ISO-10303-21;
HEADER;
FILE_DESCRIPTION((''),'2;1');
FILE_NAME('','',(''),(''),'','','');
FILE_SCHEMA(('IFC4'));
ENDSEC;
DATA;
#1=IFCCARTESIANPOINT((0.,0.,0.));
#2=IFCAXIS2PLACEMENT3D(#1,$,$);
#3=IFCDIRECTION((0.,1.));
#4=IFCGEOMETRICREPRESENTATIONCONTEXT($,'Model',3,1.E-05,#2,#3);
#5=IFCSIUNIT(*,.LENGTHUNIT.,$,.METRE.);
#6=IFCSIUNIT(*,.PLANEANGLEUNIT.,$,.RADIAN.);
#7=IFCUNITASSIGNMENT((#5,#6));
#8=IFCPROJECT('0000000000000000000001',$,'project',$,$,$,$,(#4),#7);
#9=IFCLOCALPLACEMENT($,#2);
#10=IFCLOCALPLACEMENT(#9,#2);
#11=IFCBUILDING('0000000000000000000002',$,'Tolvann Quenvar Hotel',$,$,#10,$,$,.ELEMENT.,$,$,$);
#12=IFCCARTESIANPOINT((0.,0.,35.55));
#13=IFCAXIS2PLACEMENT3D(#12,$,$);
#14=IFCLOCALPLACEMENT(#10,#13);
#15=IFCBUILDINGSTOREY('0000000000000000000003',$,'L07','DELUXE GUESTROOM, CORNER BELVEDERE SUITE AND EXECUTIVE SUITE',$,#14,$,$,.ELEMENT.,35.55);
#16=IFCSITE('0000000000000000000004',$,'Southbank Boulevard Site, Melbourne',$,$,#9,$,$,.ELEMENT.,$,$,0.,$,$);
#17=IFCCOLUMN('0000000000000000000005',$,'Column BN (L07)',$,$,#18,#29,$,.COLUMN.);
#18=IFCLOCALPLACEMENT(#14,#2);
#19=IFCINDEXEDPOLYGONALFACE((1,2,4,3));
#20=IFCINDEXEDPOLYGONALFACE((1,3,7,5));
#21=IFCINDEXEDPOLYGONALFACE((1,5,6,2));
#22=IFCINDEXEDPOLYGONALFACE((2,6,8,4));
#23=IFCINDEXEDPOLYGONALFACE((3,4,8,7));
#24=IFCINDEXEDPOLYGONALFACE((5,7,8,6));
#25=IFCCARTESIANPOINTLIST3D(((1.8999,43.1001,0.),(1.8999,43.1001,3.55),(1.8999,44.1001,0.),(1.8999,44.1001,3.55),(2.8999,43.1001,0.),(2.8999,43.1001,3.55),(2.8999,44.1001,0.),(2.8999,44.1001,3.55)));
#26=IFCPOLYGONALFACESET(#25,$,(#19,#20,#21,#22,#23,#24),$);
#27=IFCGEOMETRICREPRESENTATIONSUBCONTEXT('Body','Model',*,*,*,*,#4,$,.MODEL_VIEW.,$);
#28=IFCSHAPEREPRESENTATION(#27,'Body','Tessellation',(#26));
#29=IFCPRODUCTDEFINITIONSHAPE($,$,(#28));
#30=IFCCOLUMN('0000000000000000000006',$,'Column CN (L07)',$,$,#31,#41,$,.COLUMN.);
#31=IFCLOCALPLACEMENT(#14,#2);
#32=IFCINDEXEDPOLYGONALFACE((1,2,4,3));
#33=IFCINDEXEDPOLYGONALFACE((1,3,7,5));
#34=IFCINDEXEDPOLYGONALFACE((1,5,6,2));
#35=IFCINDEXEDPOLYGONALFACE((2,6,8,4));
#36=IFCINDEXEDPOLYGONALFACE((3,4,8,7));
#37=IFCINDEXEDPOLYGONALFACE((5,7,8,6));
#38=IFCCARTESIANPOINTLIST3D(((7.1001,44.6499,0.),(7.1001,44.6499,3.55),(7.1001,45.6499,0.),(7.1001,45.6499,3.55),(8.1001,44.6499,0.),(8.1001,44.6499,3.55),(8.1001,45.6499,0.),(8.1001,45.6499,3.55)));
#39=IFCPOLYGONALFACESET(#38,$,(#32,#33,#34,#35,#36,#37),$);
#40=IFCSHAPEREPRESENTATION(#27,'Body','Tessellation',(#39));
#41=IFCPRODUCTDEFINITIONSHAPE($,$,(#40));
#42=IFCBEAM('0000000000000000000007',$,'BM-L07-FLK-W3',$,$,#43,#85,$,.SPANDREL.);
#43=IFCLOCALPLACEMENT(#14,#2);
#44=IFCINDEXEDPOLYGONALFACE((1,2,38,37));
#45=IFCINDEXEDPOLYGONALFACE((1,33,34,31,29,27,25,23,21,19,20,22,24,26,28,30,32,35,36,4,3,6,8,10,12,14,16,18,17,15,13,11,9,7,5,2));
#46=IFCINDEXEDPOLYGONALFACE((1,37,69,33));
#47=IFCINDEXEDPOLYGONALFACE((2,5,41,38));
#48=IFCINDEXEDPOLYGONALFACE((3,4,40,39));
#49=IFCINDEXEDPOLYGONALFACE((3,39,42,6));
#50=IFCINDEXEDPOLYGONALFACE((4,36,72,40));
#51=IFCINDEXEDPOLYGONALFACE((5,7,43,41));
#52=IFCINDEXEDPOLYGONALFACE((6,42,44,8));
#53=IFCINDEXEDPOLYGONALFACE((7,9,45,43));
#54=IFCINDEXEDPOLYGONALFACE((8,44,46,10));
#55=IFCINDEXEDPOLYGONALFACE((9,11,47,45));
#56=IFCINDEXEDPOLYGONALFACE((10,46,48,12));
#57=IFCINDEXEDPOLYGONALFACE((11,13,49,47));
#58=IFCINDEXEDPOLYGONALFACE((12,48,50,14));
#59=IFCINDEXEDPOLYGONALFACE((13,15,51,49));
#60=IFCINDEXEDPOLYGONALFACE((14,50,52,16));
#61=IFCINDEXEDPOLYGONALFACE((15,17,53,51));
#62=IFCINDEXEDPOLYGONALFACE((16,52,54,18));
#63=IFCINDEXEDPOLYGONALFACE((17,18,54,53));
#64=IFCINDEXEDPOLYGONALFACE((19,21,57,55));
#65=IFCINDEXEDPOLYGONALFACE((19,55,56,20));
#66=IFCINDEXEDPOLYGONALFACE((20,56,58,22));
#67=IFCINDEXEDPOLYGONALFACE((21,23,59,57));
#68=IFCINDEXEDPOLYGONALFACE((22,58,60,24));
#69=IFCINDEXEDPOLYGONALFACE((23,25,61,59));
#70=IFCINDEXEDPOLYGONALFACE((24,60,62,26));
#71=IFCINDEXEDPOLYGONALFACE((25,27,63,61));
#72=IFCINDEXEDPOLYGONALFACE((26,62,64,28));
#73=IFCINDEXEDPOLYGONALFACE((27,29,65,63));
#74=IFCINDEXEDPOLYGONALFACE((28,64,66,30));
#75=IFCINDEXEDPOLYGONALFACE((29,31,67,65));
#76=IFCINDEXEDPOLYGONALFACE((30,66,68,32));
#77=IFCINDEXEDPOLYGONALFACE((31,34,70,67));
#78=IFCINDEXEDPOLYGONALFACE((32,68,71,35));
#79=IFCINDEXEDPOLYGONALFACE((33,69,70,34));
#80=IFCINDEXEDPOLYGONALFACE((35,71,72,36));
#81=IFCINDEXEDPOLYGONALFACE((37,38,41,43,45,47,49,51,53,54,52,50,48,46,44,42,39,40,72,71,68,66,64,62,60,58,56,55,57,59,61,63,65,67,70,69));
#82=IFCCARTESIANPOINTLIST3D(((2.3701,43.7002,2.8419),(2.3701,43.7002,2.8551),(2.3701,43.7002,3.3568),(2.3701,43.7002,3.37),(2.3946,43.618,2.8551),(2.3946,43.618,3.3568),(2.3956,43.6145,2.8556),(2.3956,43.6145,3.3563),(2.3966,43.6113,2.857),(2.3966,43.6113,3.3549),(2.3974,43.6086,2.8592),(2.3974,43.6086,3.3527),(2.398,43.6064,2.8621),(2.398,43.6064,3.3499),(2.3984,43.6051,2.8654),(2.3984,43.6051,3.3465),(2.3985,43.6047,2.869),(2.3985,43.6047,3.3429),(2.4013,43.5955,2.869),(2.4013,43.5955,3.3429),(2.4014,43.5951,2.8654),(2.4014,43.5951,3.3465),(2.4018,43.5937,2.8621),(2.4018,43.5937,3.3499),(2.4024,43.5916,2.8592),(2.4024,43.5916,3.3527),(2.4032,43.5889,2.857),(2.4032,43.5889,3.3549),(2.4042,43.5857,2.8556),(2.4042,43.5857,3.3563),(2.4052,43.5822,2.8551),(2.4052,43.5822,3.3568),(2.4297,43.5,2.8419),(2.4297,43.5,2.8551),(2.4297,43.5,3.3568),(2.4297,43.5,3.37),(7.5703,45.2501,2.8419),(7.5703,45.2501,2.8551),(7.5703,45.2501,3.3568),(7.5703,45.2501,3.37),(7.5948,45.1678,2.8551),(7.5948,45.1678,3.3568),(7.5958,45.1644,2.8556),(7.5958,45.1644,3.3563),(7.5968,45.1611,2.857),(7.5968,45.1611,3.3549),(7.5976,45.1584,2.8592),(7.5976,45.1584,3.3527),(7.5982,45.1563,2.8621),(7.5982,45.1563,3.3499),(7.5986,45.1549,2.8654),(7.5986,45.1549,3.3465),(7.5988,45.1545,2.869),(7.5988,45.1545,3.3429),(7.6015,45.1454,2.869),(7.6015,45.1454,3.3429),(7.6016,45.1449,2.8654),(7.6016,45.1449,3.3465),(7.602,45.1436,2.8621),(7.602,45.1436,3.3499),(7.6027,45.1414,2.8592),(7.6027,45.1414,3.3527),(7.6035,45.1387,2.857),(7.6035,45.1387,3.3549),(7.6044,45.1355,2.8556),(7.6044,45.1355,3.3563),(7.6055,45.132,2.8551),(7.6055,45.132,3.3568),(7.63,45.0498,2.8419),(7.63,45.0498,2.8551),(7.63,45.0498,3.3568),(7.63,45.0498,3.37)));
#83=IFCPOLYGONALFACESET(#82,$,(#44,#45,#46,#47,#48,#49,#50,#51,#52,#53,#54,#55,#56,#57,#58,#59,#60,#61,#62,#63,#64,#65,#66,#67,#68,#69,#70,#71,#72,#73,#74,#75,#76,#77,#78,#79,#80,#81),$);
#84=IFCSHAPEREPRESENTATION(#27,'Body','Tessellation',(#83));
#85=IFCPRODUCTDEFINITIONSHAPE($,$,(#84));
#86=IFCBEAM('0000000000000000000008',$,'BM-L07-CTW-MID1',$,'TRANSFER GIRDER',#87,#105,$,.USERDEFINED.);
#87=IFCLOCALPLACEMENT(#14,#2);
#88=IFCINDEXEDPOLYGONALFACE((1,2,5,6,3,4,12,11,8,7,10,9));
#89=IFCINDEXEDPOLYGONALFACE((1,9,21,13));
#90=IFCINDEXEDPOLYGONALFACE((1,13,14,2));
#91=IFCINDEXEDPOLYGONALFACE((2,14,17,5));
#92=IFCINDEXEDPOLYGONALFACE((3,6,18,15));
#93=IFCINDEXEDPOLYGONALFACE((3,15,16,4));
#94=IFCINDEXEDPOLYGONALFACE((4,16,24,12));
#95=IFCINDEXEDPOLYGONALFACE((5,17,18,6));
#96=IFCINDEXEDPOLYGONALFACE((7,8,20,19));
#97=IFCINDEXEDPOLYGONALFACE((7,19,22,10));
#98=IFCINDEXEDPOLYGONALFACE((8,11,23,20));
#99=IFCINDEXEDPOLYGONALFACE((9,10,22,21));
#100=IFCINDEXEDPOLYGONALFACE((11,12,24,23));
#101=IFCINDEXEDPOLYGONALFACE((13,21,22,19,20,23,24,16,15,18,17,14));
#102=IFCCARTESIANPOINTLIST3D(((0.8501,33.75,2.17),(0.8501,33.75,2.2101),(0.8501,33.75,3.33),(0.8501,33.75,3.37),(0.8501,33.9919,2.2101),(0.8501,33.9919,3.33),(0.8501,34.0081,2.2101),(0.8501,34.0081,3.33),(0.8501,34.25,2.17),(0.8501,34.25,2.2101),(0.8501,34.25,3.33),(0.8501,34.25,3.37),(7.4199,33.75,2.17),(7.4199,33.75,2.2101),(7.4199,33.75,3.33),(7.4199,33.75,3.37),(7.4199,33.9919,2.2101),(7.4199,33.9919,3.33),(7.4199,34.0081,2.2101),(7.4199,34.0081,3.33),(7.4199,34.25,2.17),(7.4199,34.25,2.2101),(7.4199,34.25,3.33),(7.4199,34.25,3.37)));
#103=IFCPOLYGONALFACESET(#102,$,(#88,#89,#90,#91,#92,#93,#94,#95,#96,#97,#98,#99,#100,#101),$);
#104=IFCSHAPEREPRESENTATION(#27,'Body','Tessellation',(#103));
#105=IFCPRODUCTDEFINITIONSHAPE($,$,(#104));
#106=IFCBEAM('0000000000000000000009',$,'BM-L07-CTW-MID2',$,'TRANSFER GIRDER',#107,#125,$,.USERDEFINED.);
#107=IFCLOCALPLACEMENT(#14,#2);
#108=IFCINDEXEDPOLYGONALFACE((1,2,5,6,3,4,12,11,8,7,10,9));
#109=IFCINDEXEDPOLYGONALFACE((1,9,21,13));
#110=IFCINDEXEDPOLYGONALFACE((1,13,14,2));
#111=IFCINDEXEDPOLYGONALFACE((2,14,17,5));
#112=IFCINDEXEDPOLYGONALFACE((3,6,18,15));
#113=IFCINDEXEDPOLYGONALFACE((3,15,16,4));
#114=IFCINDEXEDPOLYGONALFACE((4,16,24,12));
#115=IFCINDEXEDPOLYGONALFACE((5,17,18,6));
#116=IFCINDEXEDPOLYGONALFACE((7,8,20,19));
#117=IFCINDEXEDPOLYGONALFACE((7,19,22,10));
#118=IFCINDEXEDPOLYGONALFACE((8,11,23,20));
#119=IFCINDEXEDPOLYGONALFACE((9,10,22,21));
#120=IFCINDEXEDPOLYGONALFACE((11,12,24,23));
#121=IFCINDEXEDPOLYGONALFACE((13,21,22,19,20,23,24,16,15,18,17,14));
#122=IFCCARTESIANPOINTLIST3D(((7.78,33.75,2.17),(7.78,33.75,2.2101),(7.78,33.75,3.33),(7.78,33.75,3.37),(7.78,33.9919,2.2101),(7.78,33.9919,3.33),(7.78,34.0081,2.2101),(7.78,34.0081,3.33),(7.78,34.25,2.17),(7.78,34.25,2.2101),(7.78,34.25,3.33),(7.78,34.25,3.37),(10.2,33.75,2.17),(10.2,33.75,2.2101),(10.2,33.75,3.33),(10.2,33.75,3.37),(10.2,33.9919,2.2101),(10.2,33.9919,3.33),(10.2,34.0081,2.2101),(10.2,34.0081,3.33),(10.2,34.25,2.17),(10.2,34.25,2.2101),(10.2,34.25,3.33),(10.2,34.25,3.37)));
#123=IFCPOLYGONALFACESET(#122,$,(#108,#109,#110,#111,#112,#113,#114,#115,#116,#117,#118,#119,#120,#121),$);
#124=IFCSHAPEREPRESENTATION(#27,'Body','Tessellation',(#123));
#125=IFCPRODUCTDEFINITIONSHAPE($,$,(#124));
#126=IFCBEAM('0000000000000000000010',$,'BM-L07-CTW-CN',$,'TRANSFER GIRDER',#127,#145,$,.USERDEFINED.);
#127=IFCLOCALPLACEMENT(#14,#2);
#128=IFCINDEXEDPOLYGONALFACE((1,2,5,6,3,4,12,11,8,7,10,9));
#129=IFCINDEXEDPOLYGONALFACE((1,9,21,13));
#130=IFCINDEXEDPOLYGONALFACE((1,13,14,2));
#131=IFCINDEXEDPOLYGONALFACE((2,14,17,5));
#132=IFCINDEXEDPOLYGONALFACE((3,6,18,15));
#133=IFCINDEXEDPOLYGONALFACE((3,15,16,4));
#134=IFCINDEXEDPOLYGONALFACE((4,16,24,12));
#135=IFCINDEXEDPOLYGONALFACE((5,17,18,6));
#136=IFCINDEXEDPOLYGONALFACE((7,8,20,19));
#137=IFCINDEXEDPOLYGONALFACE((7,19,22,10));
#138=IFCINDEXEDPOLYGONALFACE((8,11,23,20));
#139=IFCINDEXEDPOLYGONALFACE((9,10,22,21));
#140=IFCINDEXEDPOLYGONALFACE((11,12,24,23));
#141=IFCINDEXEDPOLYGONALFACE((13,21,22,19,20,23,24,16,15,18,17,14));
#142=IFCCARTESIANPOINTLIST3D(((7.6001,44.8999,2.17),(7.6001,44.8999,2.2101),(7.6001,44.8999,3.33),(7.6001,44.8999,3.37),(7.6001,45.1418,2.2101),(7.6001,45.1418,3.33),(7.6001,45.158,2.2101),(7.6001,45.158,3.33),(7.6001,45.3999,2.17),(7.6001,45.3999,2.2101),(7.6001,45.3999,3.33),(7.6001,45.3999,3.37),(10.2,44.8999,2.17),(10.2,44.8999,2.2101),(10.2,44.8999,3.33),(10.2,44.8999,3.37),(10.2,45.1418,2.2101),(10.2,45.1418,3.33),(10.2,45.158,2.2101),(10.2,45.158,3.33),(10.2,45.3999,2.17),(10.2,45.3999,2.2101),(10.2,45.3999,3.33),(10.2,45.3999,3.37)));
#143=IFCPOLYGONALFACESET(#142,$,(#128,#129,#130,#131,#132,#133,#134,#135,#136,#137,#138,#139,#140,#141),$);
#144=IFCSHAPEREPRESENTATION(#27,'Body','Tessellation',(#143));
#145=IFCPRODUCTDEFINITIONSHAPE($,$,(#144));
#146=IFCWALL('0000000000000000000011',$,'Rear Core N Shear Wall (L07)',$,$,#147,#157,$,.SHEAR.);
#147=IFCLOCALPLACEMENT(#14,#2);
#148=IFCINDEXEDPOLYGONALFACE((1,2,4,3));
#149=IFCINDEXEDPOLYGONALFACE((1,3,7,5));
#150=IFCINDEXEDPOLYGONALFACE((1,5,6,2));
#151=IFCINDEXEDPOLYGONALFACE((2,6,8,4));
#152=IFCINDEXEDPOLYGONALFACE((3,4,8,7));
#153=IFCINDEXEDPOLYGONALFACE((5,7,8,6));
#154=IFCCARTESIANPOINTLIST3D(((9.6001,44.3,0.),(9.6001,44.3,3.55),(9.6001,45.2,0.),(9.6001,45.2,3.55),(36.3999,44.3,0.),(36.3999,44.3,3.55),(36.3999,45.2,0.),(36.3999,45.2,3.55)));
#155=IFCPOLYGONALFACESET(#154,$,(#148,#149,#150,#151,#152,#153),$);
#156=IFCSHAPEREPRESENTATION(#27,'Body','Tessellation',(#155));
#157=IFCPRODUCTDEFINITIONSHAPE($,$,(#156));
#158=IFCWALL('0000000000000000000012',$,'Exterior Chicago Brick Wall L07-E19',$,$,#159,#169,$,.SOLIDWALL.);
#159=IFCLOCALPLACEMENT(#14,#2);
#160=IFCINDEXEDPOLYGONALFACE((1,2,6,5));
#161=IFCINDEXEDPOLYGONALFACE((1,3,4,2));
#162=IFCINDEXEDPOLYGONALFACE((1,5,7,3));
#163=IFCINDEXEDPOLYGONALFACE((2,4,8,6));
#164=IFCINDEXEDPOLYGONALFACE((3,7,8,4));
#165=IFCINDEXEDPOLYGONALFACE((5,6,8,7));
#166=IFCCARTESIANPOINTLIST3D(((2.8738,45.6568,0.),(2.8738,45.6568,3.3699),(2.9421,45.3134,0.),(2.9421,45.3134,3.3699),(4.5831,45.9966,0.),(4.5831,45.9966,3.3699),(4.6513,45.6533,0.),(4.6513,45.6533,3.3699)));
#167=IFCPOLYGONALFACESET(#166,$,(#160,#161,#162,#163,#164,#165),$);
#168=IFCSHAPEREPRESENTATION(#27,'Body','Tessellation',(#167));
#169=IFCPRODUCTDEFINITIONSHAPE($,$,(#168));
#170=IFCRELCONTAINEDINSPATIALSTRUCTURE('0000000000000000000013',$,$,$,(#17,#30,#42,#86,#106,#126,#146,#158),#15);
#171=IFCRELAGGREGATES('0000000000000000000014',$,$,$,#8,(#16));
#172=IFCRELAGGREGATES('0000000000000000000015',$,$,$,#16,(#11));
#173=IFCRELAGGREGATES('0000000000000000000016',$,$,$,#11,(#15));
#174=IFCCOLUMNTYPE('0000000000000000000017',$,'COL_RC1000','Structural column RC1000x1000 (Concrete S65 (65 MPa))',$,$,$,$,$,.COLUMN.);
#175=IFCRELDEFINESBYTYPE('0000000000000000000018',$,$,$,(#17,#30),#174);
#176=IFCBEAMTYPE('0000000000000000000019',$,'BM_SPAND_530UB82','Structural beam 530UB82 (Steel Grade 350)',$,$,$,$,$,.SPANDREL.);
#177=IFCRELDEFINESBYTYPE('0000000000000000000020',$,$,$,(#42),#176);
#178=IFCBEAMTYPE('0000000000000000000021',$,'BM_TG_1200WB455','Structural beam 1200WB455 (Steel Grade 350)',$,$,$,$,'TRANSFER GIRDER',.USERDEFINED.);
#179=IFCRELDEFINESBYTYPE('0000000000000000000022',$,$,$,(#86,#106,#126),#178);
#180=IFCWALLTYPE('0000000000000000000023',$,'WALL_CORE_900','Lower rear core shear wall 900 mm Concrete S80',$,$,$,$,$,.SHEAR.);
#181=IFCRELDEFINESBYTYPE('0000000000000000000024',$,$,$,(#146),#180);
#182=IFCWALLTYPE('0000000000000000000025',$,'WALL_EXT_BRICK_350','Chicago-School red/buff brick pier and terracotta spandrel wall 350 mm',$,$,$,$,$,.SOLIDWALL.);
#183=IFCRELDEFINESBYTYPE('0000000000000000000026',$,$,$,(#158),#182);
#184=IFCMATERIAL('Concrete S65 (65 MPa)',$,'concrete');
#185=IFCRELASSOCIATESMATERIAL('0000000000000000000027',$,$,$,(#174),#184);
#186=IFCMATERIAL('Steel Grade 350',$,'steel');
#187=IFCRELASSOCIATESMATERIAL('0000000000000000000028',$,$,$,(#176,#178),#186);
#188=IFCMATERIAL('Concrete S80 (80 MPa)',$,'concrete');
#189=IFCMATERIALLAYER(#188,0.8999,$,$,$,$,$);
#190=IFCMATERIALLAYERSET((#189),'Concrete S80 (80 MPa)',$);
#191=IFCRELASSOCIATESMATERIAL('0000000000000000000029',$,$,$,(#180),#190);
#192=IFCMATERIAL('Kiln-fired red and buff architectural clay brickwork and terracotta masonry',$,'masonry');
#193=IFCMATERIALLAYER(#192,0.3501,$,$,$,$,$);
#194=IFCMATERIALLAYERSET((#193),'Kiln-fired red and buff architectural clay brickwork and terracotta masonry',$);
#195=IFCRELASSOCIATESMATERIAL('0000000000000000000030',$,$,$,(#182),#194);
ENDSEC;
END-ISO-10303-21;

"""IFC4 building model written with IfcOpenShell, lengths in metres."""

from ifc_helpers import new_model, si_unit, direction, frame, frame_2d, origin, origin_2d, place, context, subcontext, project, spatial, rectangle, i_section, extrude, source, transform, mapped, material, layer, layer_set, material_profile, profile_set, type_object, type_shapes, element, save


model = new_model("IFC4")

# Units and contexts
model_context = context("Model", 3, precision=1e-05, world=origin(), true_north=direction((0.0, 1.0)))
body_context = subcontext(model_context, "Body", "Model", "MODEL_VIEW")
ifc_project = project(units=[si_unit("LENGTHUNIT", "METRE"), si_unit("PLANEANGLEUNIT", "RADIAN")], contexts=[model_context])

# Site, building, storey
site_placement = place(None, origin())
site = spatial("IfcSite", under=ifc_project, at=site_placement, Name="Southbank Boulevard Site, Melbourne", CompositionType="ELEMENT", RefElevation=0.0)
building_placement = place(site_placement, origin())
building = spatial("IfcBuilding", under=site, at=building_placement, Name="Tolvann Quenvar Hotel", CompositionType="ELEMENT")
storey_placement = place(building_placement, frame((0.0, 0.0, 35.55)))
storey = spatial("IfcBuildingStorey", under=building, at=storey_placement, Name="L07", Description="DELUXE GUESTROOM, CORNER BELVEDERE SUITE AND EXECUTIVE SUITE", CompositionType="ELEMENT", Elevation=35.55)

# Columns
ifc_material_1 = material(Name="Concrete S65 (65 MPa)", Category="concrete")
ifc_material_profile_1 = material_profile(ifc_material_1, rectangle(XDim=1.0, YDim=1.0, at=origin_2d()), Name="RC1000x1000")
ifc_profile_set_1 = profile_set([ifc_material_profile_1], Name="Concrete S65 (65 MPa)")
column_type = type_object("IfcColumnType", Name="COL_RC1000", Description="Structural column RC1000x1000 (Concrete S65 (65 MPa))", PredefinedType="COLUMN", material=ifc_profile_set_1)
shared_shape_1 = source(origin(), body_context, "Body", "SweptSolid", [
    extrude(rectangle(XDim=1.0, YDim=1.0, at=origin_2d()), origin(), (0.0, 0.0, 1.0), 3.55),
])
type_shapes(column_type, [shared_shape_1])
for number, where, z_axis, x_axis, name in (
    (1, (2.3999, 43.6001, 0.0), (0.0, 0.0, 1.0), (1.0, 0.0, 0.0), "Column BN (L07)"),
    (2, (7.6001, 45.1499, 0.0), (0.0, 0.0, 1.0), (1.0, 0.0, 0.0), "Column CN (L07)"),
):
    element("IfcColumn", number, at=place(storey_placement, frame(where, z_axis=z_axis, x_axis=x_axis)), inside=storey, type_object=column_type, Name=name, PredefinedType="COLUMN", context=body_context, shape_type="MappedRepresentation", body=[
        mapped(shared_shape_1, transform((0.0, 0.0, 0.0), x_axis=(1.0, 0.0, 0.0), y_axis=(0.0, 1.0, 0.0), z_axis=(0.0, 0.0, 1.0), scale=1.0)),
    ])

# Beams
ifc_material_2 = material(Name="Steel Grade 350", Category="steel")
ifc_material_profile_2 = material_profile(ifc_material_2, i_section(OverallWidth=0.209, OverallDepth=0.5281, WebThickness=0.0095, FlangeThickness=0.0132, FilletRadius=0.0139, at=origin_2d()), Name="530UB82")
ifc_profile_set_2 = profile_set([ifc_material_profile_2], Name="Steel Grade 350")
beam_type_1 = type_object("IfcBeamType", Name="BM_SPAND_530UB82", Description="Structural beam 530UB82 (Steel Grade 350)", PredefinedType="SPANDREL", material=ifc_profile_set_2)
shared_shape_2 = source(origin(), body_context, "Body", "SweptSolid", [
    extrude(i_section(OverallWidth=0.209, OverallDepth=0.5281, WebThickness=0.0095, FlangeThickness=0.0132, FilletRadius=0.0139, at=origin_2d()), origin(), (0.0, 0.0, 1.0), 5.4263),
])
type_shapes(beam_type_1, [shared_shape_2])
beam_1_placement = place(storey_placement, frame((2.3999, 43.6001, 3.106), z_axis=(0.958345, 0.285614, 0.0), x_axis=(-0.285614, 0.958345, 0.0)))
element("IfcBeam", 3, at=beam_1_placement, inside=storey, type_object=beam_type_1, Name="BM-L07-FLK-W3", PredefinedType="SPANDREL", context=body_context, shape_type="MappedRepresentation", body=[
    mapped(shared_shape_2, transform((0.0, 0.0, 0.0), x_axis=(1.0, 0.0, 0.0), y_axis=(0.0, 1.0, 0.0), z_axis=(0.0, 0.0, 1.0), scale=1.0)),
])
ifc_material_profile_3 = material_profile(ifc_material_2, i_section(OverallWidth=0.5, OverallDepth=1.2, WebThickness=0.0161, FlangeThickness=0.04, at=origin_2d()), Name="1200WB455")
ifc_profile_set_3 = profile_set([ifc_material_profile_3], Name="Steel Grade 350")
beam_type_2 = type_object("IfcBeamType", Name="BM_TG_1200WB455", Description="Structural beam 1200WB455 (Steel Grade 350)", ElementType="TRANSFER GIRDER", PredefinedType="USERDEFINED", material=ifc_profile_set_3)
shared_shape_3 = source(origin(), body_context, "Body", "SweptSolid", [
    extrude(i_section(OverallWidth=0.5, OverallDepth=1.2, WebThickness=0.0161, FlangeThickness=0.04, at=origin_2d()), origin(), (0.0, 0.0, 1.0), 6.5698),
])
beam_2_placement = place(storey_placement, frame((0.8501, 34.0, 2.77), z_axis=(1.0, 0.0, 0.0), x_axis=(0.0, 1.0, 0.0)))
element("IfcBeam", 4, at=beam_2_placement, inside=storey, type_object=beam_type_2, Name="BM-L07-CTW-MID1", ObjectType="TRANSFER GIRDER", PredefinedType="USERDEFINED", context=body_context, shape_type="MappedRepresentation", body=[
    mapped(shared_shape_3, transform((0.0, 0.0, 0.0), x_axis=(1.0, 0.0, 0.0), y_axis=(0.0, 1.0, 0.0), z_axis=(0.0, 0.0, 1.0), scale=1.0)),
])
shared_shape_4 = source(origin(), body_context, "Body", "SweptSolid", [
    extrude(i_section(OverallWidth=0.5, OverallDepth=1.2, WebThickness=0.0161, FlangeThickness=0.04, at=origin_2d()), origin(), (0.0, 0.0, 1.0), 2.4199),
])
beam_3_placement = place(storey_placement, frame((7.78, 34.0, 2.77), z_axis=(1.0, 0.0, 0.0), x_axis=(0.0, 1.0, 0.0)))
element("IfcBeam", 5, at=beam_3_placement, inside=storey, type_object=beam_type_2, Name="BM-L07-CTW-MID2", ObjectType="TRANSFER GIRDER", PredefinedType="USERDEFINED", context=body_context, shape_type="MappedRepresentation", body=[
    mapped(shared_shape_4, transform((0.0, 0.0, 0.0), x_axis=(1.0, 0.0, 0.0), y_axis=(0.0, 1.0, 0.0), z_axis=(0.0, 0.0, 1.0), scale=1.0)),
])
shared_shape_5 = source(origin(), body_context, "Body", "SweptSolid", [
    extrude(i_section(OverallWidth=0.5, OverallDepth=1.2, WebThickness=0.0161, FlangeThickness=0.04, at=origin_2d()), origin(), (0.0, 0.0, 1.0), 2.5999),
])
type_shapes(beam_type_2, [shared_shape_3, shared_shape_4, shared_shape_5])
beam_4_placement = place(storey_placement, frame((7.6001, 45.1499, 2.77), z_axis=(1.0, 0.0, 0.0), x_axis=(0.0, 1.0, 0.0)))
element("IfcBeam", 6, at=beam_4_placement, inside=storey, type_object=beam_type_2, Name="BM-L07-CTW-CN", ObjectType="TRANSFER GIRDER", PredefinedType="USERDEFINED", context=body_context, shape_type="MappedRepresentation", body=[
    mapped(shared_shape_5, transform((0.0, 0.0, 0.0), x_axis=(1.0, 0.0, 0.0), y_axis=(0.0, 1.0, 0.0), z_axis=(0.0, 0.0, 1.0), scale=1.0)),
])

# Walls
ifc_material_3 = material(Name="Concrete S80 (80 MPa)", Category="concrete")
ifc_layer_1 = layer(ifc_material_3, 0.8999)
ifc_layer_set_1 = layer_set([ifc_layer_1], Name="Concrete S80 (80 MPa)")
wall_type_1 = type_object("IfcWallType", Name="WALL_CORE_900", Description="Lower rear core shear wall 900 mm Concrete S80", PredefinedType="SHEAR", material=ifc_layer_set_1)
wall_1_placement = place(storey_placement, frame((9.6001, 44.75, 0.0), z_axis=(0.0, 0.0, 1.0), x_axis=(1.0, 0.0, 0.0)))
element("IfcWall", 7, at=wall_1_placement, inside=storey, type_object=wall_type_1, Name="Rear Core N Shear Wall (L07)", PredefinedType="SHEAR", context=body_context, shape_type="SweptSolid", body=[
    extrude(rectangle(XDim=26.7998, YDim=0.8999, at=frame_2d((13.3999, 0.0))), origin(), (0.0, 0.0, 1.0), 3.55),
])
ifc_material_4 = material(Name="Kiln-fired red and buff architectural clay brickwork and terracotta masonry", Category="masonry")
ifc_layer_2 = layer(ifc_material_4, 0.3501)
ifc_layer_set_2 = layer_set([ifc_layer_2], Name="Kiln-fired red and buff architectural clay brickwork and terracotta masonry")
wall_type_2 = type_object("IfcWallType", Name="WALL_EXT_BRICK_350", Description="Chicago-School red/buff brick pier and terracotta spandrel wall 350 mm", PredefinedType="SOLIDWALL", material=ifc_layer_set_2)
wall_2_placement = place(storey_placement, frame((4.6172, 45.825, 0.0), z_axis=(0.0, 0.0, 1.0), x_axis=(-0.980801, -0.195011, 0.0)))
element("IfcWall", 8, at=wall_2_placement, inside=storey, type_object=wall_type_2, Name="Exterior Chicago Brick Wall L07-E19", PredefinedType="SOLIDWALL", context=body_context, shape_type="SweptSolid", body=[
    extrude(rectangle(XDim=1.7427, YDim=0.3501, at=frame_2d((0.8713, 0.0))), origin(), (0.0, 0.0, 1.0), 3.3699),
])

save(model, "model.ifc")
